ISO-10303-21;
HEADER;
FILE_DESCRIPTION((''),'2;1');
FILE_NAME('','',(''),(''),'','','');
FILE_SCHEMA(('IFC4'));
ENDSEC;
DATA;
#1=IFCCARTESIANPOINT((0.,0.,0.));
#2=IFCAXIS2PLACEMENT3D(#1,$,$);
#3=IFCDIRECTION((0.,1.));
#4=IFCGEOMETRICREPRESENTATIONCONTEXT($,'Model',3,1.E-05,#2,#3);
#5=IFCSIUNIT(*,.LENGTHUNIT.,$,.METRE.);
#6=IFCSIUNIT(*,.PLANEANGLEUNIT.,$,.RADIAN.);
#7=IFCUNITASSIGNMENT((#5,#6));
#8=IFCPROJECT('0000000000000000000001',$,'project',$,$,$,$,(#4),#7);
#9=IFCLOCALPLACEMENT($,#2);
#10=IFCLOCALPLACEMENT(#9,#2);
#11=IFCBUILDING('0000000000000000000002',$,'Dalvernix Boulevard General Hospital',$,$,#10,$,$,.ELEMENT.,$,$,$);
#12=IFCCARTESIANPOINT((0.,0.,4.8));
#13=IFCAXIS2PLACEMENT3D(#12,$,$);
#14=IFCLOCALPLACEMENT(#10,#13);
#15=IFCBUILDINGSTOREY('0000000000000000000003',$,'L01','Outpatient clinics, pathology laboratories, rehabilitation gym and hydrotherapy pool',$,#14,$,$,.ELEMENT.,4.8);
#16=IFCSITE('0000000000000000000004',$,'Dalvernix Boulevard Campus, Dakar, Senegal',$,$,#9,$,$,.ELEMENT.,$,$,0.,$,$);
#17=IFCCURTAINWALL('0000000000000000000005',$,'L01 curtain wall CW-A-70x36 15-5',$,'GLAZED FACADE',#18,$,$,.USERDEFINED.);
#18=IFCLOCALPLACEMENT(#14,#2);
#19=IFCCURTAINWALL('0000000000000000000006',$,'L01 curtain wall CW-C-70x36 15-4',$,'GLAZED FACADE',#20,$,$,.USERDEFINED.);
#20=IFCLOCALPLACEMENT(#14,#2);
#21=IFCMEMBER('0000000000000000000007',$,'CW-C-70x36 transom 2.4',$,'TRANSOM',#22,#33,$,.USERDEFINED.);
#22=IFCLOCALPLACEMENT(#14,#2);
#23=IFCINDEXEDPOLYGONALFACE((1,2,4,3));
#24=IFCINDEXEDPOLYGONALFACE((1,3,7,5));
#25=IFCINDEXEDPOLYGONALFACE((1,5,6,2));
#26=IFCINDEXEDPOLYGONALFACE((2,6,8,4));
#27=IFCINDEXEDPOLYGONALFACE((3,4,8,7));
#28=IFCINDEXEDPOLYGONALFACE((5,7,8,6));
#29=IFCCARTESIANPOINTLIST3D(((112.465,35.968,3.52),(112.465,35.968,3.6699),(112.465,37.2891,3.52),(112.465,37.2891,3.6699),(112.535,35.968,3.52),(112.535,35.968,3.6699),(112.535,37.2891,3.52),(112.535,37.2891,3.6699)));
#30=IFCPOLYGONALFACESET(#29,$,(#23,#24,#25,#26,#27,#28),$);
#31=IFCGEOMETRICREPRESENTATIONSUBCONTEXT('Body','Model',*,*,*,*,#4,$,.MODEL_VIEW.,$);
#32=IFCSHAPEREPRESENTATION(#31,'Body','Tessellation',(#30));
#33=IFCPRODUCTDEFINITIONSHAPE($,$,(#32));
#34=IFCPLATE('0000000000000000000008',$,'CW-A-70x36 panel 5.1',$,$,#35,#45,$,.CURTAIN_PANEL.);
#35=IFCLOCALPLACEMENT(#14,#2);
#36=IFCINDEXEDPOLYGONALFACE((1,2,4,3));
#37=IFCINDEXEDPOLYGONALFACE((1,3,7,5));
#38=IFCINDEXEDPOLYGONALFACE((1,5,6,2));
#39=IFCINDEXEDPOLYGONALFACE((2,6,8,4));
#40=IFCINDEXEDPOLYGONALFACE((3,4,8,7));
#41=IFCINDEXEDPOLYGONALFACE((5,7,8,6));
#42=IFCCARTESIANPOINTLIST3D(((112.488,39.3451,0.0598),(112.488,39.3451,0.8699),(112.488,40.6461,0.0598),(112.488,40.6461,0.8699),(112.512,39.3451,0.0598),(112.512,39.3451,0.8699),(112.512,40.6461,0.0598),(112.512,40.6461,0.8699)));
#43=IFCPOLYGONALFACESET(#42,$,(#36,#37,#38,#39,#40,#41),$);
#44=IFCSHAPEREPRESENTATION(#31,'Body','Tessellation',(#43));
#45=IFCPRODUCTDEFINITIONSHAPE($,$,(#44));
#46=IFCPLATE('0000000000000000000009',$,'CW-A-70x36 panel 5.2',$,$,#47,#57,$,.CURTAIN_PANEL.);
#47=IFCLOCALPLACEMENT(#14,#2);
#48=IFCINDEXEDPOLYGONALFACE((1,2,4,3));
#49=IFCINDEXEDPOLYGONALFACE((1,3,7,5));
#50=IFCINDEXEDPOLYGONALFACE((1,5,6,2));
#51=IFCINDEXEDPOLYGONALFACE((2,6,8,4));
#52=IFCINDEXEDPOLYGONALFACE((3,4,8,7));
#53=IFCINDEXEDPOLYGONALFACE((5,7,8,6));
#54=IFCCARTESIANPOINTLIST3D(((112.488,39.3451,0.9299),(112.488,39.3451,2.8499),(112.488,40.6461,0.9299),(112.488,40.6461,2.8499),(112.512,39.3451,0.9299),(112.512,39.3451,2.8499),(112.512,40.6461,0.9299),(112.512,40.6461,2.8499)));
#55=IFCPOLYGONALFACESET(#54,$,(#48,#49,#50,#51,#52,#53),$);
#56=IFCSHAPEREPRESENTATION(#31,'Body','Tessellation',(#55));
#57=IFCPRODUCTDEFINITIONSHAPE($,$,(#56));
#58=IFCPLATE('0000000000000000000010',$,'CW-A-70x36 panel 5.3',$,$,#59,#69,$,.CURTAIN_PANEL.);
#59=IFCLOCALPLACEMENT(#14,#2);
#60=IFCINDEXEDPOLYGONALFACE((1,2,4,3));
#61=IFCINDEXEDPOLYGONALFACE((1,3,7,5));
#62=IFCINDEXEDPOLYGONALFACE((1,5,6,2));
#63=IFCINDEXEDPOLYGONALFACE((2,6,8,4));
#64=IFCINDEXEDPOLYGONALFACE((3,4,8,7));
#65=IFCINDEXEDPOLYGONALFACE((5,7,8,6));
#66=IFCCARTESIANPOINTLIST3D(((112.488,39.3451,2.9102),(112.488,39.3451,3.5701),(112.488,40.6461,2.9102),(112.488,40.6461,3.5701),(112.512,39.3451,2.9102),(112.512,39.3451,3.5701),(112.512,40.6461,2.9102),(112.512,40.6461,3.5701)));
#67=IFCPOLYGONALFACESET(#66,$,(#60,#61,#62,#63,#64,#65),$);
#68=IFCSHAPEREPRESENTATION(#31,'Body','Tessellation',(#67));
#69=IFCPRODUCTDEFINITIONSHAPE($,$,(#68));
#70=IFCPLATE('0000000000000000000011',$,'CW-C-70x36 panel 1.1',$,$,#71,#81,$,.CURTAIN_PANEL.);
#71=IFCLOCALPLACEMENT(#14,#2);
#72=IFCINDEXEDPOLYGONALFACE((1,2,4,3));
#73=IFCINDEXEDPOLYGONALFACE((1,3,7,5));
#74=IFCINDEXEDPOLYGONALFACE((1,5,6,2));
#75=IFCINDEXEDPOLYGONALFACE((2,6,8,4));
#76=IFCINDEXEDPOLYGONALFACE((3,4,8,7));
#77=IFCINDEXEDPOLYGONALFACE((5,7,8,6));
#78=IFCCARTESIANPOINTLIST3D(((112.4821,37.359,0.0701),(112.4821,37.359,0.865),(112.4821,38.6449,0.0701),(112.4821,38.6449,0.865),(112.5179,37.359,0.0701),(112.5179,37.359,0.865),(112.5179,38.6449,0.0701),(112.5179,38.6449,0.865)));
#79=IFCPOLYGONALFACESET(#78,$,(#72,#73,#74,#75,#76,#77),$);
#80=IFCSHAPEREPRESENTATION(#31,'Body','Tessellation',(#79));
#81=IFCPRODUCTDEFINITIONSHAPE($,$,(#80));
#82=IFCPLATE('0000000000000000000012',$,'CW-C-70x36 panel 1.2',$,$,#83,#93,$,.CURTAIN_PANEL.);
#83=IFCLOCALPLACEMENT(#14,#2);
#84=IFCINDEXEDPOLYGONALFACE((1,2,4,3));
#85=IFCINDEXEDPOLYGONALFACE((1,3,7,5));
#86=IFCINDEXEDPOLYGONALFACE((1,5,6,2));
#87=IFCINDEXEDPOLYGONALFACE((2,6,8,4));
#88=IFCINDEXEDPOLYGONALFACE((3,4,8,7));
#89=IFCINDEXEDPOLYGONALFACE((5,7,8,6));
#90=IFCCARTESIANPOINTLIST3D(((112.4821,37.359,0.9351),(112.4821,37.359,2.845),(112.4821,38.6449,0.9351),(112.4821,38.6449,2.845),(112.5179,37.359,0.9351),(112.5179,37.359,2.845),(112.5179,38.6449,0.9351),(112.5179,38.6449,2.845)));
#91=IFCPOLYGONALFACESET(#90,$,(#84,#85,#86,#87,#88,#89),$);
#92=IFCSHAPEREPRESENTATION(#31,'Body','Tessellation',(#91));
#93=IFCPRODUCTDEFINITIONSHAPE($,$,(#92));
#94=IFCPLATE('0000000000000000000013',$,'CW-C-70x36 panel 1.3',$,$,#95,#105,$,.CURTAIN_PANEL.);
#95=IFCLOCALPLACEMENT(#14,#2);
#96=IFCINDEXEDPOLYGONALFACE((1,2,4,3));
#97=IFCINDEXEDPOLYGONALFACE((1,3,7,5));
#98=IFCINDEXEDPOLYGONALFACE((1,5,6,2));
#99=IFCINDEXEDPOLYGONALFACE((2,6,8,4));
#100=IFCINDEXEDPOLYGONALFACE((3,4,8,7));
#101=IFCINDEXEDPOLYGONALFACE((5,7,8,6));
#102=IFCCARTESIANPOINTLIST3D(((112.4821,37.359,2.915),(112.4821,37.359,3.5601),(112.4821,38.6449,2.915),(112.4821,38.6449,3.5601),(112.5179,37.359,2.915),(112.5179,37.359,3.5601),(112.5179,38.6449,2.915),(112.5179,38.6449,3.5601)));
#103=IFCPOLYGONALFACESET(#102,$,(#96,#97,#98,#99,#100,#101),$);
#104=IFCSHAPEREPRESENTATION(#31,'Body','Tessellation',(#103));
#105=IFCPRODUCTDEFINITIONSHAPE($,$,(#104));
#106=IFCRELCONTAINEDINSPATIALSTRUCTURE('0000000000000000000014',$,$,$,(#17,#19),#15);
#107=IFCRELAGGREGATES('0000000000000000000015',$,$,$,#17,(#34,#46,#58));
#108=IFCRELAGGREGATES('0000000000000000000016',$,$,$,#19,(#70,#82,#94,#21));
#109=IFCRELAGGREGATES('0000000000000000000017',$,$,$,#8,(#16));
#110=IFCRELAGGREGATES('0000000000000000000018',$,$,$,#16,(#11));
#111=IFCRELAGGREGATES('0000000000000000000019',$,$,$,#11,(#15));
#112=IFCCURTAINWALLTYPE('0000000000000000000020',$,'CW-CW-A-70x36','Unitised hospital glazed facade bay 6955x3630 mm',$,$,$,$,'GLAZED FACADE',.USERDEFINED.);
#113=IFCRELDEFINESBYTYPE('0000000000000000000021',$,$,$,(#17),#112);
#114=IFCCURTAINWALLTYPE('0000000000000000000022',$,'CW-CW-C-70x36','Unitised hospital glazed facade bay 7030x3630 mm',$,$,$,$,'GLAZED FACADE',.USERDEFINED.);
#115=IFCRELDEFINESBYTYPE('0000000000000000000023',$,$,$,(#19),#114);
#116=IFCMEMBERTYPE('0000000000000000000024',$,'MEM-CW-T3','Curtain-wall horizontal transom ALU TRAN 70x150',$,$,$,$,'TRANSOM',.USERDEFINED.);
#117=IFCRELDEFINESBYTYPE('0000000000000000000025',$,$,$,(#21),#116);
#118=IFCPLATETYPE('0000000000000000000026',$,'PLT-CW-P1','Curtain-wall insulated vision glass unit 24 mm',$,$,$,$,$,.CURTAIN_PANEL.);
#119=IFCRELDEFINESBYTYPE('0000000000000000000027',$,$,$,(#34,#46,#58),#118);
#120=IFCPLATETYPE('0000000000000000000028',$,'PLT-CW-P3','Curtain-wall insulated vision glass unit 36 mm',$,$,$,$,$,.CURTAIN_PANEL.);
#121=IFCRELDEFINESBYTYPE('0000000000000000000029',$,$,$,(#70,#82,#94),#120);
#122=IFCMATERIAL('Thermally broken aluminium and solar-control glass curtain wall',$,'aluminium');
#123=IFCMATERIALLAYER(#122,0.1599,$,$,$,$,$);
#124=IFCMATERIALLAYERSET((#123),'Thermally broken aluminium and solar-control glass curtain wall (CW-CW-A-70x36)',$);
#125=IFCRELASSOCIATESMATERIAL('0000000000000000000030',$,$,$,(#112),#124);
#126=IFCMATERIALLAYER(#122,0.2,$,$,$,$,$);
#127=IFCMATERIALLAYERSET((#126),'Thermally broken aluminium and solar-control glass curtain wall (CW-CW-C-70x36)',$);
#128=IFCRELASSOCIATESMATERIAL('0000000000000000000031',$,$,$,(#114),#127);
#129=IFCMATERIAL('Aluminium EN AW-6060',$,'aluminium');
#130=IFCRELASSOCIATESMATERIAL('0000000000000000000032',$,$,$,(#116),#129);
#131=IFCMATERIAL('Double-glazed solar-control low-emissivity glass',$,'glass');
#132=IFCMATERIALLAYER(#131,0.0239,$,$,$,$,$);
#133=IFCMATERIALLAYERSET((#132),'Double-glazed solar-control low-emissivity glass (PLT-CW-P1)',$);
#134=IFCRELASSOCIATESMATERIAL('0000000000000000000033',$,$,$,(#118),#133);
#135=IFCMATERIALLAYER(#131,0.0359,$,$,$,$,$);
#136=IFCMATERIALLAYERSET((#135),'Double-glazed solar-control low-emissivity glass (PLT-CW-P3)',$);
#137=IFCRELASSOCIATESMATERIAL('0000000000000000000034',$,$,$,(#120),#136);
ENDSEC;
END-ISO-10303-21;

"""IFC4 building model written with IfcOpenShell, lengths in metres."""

from ifc_helpers import new_model, si_unit, direction, frame, origin, origin_2d, place, context, subcontext, project, spatial, rectangle, extrude, material, layer, layer_set, material_profile, profile_set, type_object, element, aggregate, save


model = new_model("IFC4")

# Units and contexts
model_context = context("Model", 3, precision=1e-05, world=origin(), true_north=direction((0.0, 1.0)))
body_context = subcontext(model_context, "Body", "Model", "MODEL_VIEW")
ifc_project = project(units=[si_unit("LENGTHUNIT", "METRE"), si_unit("PLANEANGLEUNIT", "RADIAN")], contexts=[model_context])

# Site, building, storey
site_placement = place(None, origin())
site = spatial("IfcSite", under=ifc_project, at=site_placement, Name="Dalvernix Boulevard Campus, Dakar, Senegal", CompositionType="ELEMENT", RefElevation=0.0)
building_placement = place(site_placement, origin())
building = spatial("IfcBuilding", under=site, at=building_placement, Name="Dalvernix Boulevard General Hospital", CompositionType="ELEMENT")
storey_placement = place(building_placement, frame((0.0, 0.0, 4.8)))
storey = spatial("IfcBuildingStorey", under=building, at=storey_placement, Name="L01", Description="Outpatient clinics, pathology laboratories, rehabilitation gym and hydrotherapy pool", CompositionType="ELEMENT", Elevation=4.8)

# Curtain walls
ifc_material_1 = material(Name="Thermally broken aluminium and solar-control glass curtain wall", Category="aluminium")
ifc_layer_1 = layer(ifc_material_1, 0.1599)
ifc_layer_set_1 = layer_set([ifc_layer_1], Name="Thermally broken aluminium and solar-control glass curtain wall (CW-CW-A-70x36)")
curtain_wall_type_1 = type_object("IfcCurtainWallType", Name="CW-CW-A-70x36", Description="Unitised hospital glazed facade bay 6955x3630 mm", ElementType="GLAZED FACADE", PredefinedType="USERDEFINED", material=ifc_layer_set_1)
curtain_wall_1_placement = place(storey_placement, origin())
curtain_wall_1 = element("IfcCurtainWall", 1, at=curtain_wall_1_placement, inside=storey, type_object=curtain_wall_type_1, Name="L01 curtain wall CW-A-70x36 15-5", ObjectType="GLAZED FACADE", PredefinedType="USERDEFINED")
ifc_material_2 = material(Name="Aluminium EN AW-6060", Category="aluminium")
ifc_layer_2 = layer(ifc_material_1, 0.2)
ifc_layer_set_2 = layer_set([ifc_layer_2], Name="Thermally broken aluminium and solar-control glass curtain wall (CW-CW-C-70x36)")
curtain_wall_type_2 = type_object("IfcCurtainWallType", Name="CW-CW-C-70x36", Description="Unitised hospital glazed facade bay 7030x3630 mm", ElementType="GLAZED FACADE", PredefinedType="USERDEFINED", material=ifc_layer_set_2)
curtain_wall_2_placement = place(storey_placement, origin())
curtain_wall_2 = element("IfcCurtainWall", 2, at=curtain_wall_2_placement, inside=storey, type_object=curtain_wall_type_2, Name="L01 curtain wall CW-C-70x36 15-4", ObjectType="GLAZED FACADE", PredefinedType="USERDEFINED")

# Member
ifc_material_profile_1 = material_profile(ifc_material_2, rectangle(XDim=0.0701, YDim=0.1499, at=origin_2d()), Name="ALU TRAN 70x150")
ifc_profile_set_1 = profile_set([ifc_material_profile_1], Name="Aluminium EN AW-6060")
member_type_1 = type_object("IfcMemberType", Name="MEM-CW-T3", Description="Curtain-wall horizontal transom ALU TRAN 70x150", ElementType="TRANSOM", PredefinedType="USERDEFINED", material=ifc_profile_set_1)
member_1_placement = place(storey_placement, frame((112.5, 37.2891, 3.595), z_axis=(0.0, -1.0, 0.0), x_axis=(1.0, 0.0, 0.0)))
member_1 = element("IfcMember", 3, at=member_1_placement, type_object=member_type_1, Name="CW-C-70x36 transom 2.4", ObjectType="TRANSOM", PredefinedType="USERDEFINED", context=body_context, shape_type="SweptSolid", body=[
    extrude(rectangle(XDim=0.0701, YDim=0.1499, at=origin_2d()), origin(), (0.0, 0.0, 1.0), 1.321),
])

# Plates
ifc_material_3 = material(Name="Double-glazed solar-control low-emissivity glass", Category="glass")
ifc_layer_3 = layer(ifc_material_3, 0.0239)
ifc_layer_set_3 = layer_set([ifc_layer_3], Name="Double-glazed solar-control low-emissivity glass (PLT-CW-P1)")
plate_type_1 = type_object("IfcPlateType", Name="PLT-CW-P1", Description="Curtain-wall insulated vision glass unit 24 mm", PredefinedType="CURTAIN_PANEL", material=ifc_layer_set_3)
plate_1_placement = place(storey_placement, frame((112.5, 39.9956, 0.0598), z_axis=(0.0, 0.0, 1.0), x_axis=(0.0, -1.0, 0.0)))
plate_1 = element("IfcPlate", 4, at=plate_1_placement, type_object=plate_type_1, Name="CW-A-70x36 panel 5.1", PredefinedType="CURTAIN_PANEL", context=body_context, shape_type="SweptSolid", body=[
    extrude(rectangle(XDim=1.301, YDim=0.0239, at=origin_2d()), origin(), (0.0, 0.0, 1.0), 0.8101),
])
plate_2_placement = place(storey_placement, frame((112.5, 39.9956, 0.9299), z_axis=(0.0, 0.0, 1.0), x_axis=(0.0, -1.0, 0.0)))
plate_2 = element("IfcPlate", 5, at=plate_2_placement, type_object=plate_type_1, Name="CW-A-70x36 panel 5.2", PredefinedType="CURTAIN_PANEL", context=body_context, shape_type="SweptSolid", body=[
    extrude(rectangle(XDim=1.301, YDim=0.0239, at=origin_2d()), origin(), (0.0, 0.0, 1.0), 1.9199),
])
plate_3_placement = place(storey_placement, frame((112.5, 39.9956, 2.9102), z_axis=(0.0, 0.0, 1.0), x_axis=(0.0, -1.0, 0.0)))
plate_3 = element("IfcPlate", 6, at=plate_3_placement, type_object=plate_type_1, Name="CW-A-70x36 panel 5.3", PredefinedType="CURTAIN_PANEL", context=body_context, shape_type="SweptSolid", body=[
    extrude(rectangle(XDim=1.301, YDim=0.0239, at=origin_2d()), origin(), (0.0, 0.0, 1.0), 0.6599),
])
aggregate(curtain_wall_1, [plate_1, plate_2, plate_3])
ifc_layer_4 = layer(ifc_material_3, 0.0359)
ifc_layer_set_4 = layer_set([ifc_layer_4], Name="Double-glazed solar-control low-emissivity glass (PLT-CW-P3)")
plate_type_2 = type_object("IfcPlateType", Name="PLT-CW-P3", Description="Curtain-wall insulated vision glass unit 36 mm", PredefinedType="CURTAIN_PANEL", material=ifc_layer_set_4)
plate_4_placement = place(storey_placement, frame((112.5, 38.002, 0.0701), z_axis=(0.0, 0.0, 1.0), x_axis=(0.0, -1.0, 0.0)))
plate_4 = element("IfcPlate", 7, at=plate_4_placement, type_object=plate_type_2, Name="CW-C-70x36 panel 1.1", PredefinedType="CURTAIN_PANEL", context=body_context, shape_type="SweptSolid", body=[
    extrude(rectangle(XDim=1.2859, YDim=0.0359, at=origin_2d()), origin(), (0.0, 0.0, 1.0), 0.7949),
])
plate_5_placement = place(storey_placement, frame((112.5, 38.002, 0.9351), z_axis=(0.0, 0.0, 1.0), x_axis=(0.0, -1.0, 0.0)))
plate_5 = element("IfcPlate", 8, at=plate_5_placement, type_object=plate_type_2, Name="CW-C-70x36 panel 1.2", PredefinedType="CURTAIN_PANEL", context=body_context, shape_type="SweptSolid", body=[
    extrude(rectangle(XDim=1.2859, YDim=0.0359, at=origin_2d()), origin(), (0.0, 0.0, 1.0), 1.9099),
])
plate_6_placement = place(storey_placement, frame((112.5, 38.002, 2.915), z_axis=(0.0, 0.0, 1.0), x_axis=(0.0, -1.0, 0.0)))
plate_6 = element("IfcPlate", 9, at=plate_6_placement, type_object=plate_type_2, Name="CW-C-70x36 panel 1.3", PredefinedType="CURTAIN_PANEL", context=body_context, shape_type="SweptSolid", body=[
    extrude(rectangle(XDim=1.2859, YDim=0.0359, at=origin_2d()), origin(), (0.0, 0.0, 1.0), 0.645),
])
aggregate(curtain_wall_2, [plate_4, plate_5, plate_6, member_1])

save(model, "model.ifc")
